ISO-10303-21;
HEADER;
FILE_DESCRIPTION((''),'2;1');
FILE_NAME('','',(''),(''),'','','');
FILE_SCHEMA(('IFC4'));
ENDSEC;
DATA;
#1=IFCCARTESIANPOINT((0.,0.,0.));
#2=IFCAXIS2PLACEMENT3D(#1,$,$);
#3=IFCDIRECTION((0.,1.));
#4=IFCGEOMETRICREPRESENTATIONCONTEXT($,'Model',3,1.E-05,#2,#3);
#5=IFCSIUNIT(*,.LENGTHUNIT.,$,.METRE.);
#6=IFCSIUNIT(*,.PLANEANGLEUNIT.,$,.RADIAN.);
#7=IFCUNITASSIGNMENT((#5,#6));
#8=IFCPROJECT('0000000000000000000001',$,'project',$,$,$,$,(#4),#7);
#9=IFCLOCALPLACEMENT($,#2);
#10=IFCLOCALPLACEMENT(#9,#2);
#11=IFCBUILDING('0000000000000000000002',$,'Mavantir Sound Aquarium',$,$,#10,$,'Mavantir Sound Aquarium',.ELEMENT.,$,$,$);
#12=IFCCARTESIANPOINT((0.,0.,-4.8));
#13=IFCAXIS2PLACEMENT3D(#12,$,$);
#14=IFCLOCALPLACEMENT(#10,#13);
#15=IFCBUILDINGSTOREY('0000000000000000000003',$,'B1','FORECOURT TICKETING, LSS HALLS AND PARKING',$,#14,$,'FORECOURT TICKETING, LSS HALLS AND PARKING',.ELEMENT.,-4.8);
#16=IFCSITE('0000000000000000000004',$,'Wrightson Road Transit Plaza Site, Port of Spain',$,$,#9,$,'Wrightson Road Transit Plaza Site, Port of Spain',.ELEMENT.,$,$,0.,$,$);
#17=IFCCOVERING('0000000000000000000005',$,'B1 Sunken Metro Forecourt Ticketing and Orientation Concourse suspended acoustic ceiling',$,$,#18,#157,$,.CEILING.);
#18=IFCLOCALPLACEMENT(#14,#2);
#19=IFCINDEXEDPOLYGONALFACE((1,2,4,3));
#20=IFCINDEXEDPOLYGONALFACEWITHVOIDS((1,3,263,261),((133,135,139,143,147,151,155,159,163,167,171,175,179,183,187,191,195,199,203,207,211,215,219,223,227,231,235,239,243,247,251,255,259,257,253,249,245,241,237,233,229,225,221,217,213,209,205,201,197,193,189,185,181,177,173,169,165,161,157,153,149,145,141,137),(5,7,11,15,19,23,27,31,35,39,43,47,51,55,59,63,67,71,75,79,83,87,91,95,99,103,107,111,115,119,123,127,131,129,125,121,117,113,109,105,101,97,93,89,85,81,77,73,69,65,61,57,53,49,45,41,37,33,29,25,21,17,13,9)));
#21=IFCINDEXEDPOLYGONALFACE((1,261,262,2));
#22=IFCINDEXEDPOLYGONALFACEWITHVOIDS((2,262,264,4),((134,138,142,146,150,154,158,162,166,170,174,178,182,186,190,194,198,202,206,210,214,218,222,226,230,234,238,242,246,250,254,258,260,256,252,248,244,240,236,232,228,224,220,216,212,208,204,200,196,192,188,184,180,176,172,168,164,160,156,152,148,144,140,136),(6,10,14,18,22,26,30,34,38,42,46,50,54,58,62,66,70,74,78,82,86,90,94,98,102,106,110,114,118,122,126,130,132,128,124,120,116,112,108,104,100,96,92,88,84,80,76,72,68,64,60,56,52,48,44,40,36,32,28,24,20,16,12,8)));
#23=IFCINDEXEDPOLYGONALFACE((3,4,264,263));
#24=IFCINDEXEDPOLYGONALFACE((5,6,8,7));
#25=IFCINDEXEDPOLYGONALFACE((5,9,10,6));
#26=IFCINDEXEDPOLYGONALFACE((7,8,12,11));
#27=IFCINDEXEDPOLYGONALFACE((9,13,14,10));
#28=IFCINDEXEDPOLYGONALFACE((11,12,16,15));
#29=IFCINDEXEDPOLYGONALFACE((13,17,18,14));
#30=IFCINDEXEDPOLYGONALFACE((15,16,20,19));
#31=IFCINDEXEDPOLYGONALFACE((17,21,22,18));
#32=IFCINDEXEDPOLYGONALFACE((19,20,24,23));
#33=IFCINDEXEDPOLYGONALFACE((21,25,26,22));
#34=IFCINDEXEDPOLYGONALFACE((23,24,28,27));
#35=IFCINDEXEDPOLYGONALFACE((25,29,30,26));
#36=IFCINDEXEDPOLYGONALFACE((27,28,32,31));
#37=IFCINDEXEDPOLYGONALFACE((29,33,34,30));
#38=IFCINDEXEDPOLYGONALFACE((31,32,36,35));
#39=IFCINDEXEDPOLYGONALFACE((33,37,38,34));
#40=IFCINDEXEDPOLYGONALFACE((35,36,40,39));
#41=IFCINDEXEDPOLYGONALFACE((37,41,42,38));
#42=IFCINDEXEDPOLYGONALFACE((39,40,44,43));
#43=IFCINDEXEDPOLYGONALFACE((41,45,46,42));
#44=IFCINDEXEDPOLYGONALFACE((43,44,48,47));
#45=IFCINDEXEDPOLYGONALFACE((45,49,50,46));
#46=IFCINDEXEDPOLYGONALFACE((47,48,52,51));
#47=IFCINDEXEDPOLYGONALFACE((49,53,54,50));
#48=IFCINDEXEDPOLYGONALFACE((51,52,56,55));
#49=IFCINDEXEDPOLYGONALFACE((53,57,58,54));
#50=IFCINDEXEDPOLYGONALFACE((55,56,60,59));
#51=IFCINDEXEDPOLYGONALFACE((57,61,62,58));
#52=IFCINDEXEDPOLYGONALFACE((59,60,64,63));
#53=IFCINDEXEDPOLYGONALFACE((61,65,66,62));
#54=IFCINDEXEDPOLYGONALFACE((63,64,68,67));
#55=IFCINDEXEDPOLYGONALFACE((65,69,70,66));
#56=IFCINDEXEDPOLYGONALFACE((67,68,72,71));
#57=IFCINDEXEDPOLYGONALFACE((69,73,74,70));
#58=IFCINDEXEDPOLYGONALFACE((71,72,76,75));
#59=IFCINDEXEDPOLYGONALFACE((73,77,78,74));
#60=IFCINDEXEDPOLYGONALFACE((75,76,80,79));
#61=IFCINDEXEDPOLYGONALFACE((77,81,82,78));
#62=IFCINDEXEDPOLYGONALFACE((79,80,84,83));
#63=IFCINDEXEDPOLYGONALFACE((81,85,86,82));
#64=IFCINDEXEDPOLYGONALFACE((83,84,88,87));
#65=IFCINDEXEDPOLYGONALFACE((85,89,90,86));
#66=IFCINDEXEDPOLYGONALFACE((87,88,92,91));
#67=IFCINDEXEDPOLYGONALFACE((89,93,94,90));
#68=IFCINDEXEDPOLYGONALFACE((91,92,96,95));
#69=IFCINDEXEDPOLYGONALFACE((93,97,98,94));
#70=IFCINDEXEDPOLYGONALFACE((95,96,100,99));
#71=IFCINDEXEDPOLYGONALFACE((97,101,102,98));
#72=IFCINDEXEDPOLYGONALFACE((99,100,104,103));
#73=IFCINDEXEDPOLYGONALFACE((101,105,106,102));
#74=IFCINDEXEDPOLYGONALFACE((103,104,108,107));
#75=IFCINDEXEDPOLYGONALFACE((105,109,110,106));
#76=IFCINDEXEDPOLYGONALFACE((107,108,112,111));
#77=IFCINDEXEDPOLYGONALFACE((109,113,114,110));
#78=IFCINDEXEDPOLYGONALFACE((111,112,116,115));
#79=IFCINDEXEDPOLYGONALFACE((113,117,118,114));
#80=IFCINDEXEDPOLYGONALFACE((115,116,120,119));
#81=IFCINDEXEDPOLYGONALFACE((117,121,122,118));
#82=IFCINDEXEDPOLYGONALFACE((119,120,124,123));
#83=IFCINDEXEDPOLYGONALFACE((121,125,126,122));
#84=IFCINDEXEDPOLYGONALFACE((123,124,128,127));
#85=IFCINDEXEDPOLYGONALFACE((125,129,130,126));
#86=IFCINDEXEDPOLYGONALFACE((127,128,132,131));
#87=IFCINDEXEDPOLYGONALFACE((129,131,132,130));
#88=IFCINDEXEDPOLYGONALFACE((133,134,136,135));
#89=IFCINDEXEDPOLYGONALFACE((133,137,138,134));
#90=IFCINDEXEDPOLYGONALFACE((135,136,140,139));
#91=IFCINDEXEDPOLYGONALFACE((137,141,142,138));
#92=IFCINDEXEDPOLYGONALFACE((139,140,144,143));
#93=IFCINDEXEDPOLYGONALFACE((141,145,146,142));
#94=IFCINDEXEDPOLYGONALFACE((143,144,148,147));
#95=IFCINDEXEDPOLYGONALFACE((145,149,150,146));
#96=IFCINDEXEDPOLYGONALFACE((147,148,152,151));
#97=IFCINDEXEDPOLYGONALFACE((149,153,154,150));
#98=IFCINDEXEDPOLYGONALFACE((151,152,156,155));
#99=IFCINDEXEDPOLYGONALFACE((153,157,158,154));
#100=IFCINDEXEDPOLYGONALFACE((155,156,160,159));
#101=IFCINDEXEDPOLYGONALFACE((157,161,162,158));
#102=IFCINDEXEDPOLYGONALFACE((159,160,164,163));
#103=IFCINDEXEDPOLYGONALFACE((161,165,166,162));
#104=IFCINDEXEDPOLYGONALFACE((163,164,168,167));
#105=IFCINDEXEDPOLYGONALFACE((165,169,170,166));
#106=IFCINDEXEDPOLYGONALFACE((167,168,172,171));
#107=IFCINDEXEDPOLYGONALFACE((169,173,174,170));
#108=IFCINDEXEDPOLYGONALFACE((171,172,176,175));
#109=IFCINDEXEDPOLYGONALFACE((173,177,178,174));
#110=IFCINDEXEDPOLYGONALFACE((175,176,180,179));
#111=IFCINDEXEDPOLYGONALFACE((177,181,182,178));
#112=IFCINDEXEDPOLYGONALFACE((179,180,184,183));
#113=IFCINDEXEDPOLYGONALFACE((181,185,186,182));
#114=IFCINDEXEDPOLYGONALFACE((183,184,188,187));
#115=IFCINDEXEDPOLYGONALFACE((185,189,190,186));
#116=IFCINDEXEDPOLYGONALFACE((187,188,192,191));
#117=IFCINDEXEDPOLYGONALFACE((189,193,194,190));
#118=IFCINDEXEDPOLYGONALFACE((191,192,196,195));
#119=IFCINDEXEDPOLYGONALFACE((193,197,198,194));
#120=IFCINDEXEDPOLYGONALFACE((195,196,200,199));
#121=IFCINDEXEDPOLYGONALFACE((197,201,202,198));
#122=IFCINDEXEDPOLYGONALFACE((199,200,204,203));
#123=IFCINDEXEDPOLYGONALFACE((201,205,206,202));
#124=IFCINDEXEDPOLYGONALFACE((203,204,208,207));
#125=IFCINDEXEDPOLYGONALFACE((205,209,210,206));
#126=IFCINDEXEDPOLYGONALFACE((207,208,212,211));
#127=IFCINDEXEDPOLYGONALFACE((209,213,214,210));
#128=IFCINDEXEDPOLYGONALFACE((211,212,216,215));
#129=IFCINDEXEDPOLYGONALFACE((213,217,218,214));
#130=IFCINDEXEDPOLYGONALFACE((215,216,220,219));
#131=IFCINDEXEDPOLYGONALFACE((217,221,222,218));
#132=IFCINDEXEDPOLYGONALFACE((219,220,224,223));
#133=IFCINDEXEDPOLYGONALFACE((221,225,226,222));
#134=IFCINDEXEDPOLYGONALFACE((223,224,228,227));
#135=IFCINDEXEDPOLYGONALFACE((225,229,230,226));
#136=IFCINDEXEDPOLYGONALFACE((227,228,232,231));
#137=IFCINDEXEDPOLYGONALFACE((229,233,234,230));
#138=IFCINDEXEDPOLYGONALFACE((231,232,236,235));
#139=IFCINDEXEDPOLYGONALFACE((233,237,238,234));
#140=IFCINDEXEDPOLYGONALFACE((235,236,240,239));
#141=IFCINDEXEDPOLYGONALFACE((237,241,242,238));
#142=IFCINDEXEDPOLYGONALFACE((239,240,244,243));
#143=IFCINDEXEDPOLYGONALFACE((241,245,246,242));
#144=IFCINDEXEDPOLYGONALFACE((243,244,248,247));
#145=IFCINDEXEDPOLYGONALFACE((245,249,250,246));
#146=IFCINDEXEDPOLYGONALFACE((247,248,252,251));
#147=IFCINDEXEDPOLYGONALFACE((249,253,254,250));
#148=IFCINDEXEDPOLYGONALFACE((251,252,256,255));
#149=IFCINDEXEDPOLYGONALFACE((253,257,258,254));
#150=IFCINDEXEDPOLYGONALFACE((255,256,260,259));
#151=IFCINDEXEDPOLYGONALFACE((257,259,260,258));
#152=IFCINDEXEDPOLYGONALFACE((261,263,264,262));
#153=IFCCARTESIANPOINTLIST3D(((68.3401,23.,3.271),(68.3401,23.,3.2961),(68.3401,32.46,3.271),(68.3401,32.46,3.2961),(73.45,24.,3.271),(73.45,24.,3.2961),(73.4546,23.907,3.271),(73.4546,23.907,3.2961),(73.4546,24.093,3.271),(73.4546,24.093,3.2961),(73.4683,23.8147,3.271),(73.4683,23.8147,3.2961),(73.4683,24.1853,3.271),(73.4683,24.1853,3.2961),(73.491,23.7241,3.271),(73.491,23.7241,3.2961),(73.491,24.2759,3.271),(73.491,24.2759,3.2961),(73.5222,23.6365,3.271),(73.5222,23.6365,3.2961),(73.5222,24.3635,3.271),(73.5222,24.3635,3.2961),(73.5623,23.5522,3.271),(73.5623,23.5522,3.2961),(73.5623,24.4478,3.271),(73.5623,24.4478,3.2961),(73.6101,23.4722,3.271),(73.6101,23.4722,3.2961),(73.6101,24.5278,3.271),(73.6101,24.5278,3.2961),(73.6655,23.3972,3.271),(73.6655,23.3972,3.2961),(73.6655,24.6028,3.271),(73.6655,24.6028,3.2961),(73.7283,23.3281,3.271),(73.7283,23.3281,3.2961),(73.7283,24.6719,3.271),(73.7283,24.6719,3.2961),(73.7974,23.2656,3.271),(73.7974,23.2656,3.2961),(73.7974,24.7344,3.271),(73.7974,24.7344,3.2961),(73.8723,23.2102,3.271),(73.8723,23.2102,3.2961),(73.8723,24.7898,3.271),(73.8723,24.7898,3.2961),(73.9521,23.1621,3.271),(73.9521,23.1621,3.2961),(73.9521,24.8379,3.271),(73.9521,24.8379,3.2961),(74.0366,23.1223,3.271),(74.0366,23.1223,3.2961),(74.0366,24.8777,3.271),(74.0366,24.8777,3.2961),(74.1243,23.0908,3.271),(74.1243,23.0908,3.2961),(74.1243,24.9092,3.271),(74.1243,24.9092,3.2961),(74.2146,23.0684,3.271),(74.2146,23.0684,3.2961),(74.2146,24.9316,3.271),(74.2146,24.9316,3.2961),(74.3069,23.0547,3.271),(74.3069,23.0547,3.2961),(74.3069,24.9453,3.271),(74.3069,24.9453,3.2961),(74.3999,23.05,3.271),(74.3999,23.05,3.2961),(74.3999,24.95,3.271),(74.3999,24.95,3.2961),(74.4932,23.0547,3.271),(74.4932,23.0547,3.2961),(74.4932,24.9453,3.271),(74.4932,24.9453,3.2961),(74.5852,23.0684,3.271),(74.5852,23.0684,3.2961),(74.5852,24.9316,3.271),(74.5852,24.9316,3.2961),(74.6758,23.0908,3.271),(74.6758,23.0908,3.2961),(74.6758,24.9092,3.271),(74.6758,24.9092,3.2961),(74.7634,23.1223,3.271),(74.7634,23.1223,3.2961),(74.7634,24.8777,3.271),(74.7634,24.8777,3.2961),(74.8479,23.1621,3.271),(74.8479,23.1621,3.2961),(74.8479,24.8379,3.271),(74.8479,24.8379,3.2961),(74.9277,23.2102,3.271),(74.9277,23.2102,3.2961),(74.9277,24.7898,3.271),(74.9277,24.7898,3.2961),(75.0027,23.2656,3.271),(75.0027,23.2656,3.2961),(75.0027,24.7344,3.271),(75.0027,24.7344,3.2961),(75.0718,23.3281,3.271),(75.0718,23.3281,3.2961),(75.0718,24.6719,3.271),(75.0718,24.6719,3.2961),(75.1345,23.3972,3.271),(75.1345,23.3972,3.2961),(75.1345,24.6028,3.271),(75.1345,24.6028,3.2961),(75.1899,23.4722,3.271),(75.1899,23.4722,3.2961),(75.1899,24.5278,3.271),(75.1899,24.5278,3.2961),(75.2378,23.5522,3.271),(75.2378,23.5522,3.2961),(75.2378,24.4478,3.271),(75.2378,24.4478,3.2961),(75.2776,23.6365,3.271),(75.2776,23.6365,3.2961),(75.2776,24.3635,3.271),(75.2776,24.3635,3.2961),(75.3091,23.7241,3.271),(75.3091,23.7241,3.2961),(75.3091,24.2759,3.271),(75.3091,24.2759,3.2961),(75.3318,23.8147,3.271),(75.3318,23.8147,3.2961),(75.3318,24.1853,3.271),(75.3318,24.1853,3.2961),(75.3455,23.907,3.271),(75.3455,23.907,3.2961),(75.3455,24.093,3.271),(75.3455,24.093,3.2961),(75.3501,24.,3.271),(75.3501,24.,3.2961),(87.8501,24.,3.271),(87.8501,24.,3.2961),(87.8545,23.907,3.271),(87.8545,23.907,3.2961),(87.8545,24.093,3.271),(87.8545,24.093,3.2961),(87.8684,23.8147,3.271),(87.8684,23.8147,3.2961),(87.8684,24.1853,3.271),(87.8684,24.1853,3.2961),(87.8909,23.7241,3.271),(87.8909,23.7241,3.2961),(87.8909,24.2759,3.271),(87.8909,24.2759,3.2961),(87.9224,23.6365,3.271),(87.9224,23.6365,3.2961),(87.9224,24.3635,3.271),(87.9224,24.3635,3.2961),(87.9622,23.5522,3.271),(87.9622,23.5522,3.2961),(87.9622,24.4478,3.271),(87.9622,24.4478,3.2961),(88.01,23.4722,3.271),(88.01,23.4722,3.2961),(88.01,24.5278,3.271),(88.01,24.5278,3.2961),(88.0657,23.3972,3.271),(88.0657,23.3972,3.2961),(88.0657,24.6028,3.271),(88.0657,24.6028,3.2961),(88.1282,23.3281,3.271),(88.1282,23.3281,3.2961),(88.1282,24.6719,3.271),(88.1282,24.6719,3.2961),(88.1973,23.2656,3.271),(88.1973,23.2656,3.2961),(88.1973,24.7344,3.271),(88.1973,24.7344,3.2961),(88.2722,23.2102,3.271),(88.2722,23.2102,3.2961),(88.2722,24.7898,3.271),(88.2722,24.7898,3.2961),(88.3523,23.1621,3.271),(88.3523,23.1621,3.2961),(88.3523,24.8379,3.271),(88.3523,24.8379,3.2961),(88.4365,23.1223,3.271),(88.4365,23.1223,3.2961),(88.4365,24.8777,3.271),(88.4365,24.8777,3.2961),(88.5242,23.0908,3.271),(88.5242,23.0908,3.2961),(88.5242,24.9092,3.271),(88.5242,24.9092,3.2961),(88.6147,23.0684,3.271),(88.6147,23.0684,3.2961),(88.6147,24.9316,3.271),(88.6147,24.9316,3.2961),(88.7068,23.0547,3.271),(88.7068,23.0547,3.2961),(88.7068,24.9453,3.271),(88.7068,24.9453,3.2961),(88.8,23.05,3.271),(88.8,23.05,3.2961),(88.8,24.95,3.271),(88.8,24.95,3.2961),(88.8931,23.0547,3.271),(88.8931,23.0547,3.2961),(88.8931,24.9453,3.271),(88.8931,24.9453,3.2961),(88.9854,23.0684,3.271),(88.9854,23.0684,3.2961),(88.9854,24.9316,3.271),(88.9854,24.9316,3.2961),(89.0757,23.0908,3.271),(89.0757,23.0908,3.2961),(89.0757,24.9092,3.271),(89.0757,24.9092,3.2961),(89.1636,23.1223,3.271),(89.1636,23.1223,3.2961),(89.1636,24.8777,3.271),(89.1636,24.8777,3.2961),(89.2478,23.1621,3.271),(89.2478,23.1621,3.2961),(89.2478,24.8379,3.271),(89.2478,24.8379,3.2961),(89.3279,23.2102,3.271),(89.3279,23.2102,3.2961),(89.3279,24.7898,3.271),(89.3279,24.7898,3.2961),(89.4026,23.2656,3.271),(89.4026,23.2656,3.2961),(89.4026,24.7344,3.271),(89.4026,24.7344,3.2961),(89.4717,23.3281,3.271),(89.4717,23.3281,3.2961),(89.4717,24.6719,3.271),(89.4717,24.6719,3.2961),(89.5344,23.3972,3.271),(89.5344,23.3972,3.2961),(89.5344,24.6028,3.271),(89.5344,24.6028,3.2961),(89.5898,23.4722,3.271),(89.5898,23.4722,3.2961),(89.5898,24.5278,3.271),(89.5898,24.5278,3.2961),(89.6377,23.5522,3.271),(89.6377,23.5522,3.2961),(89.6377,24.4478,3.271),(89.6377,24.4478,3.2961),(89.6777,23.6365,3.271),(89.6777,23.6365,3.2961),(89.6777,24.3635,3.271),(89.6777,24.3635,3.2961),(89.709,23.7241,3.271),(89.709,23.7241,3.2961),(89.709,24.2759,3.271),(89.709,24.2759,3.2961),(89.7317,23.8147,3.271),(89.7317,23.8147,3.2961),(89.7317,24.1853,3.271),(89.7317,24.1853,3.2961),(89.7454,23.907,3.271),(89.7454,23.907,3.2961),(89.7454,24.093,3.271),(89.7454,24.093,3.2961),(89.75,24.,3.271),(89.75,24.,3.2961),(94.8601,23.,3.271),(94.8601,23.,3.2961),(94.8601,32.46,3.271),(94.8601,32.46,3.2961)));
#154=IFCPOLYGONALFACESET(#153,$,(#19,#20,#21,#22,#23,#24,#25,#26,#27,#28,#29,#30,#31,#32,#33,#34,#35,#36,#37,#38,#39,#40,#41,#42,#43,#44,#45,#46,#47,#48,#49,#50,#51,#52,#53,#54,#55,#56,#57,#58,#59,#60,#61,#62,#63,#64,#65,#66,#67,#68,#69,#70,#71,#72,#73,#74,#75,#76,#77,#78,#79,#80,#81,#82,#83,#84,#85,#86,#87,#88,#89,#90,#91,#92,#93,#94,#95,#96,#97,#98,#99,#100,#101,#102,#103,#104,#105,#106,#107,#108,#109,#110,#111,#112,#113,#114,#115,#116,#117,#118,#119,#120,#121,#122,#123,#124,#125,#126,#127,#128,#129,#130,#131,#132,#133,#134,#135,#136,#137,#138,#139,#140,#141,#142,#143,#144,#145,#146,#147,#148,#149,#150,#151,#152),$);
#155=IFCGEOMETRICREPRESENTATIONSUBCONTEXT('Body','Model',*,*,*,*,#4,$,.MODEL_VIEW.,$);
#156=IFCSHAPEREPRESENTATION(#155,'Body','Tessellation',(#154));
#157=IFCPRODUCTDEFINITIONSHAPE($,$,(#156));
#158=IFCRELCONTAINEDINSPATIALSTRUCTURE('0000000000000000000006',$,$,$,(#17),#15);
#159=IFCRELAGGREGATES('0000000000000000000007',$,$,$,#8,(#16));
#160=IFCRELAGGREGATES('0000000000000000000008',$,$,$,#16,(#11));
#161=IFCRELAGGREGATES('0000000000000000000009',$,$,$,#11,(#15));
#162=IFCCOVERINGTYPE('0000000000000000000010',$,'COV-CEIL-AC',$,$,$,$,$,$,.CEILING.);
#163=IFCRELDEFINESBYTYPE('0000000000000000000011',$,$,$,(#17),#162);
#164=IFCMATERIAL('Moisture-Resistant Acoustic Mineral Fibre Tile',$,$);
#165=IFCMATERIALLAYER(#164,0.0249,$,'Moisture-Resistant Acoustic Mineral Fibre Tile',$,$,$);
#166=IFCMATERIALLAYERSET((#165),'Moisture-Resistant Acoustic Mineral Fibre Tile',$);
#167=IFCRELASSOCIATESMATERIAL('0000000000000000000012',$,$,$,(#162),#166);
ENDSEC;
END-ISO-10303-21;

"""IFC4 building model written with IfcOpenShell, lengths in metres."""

from ifc_helpers import new_model, si_unit, direction, frame, origin, place, context, subcontext, project, spatial, polyline, outline, extrude, material, layer, layer_set, type_object, element, save


model = new_model("IFC4")

# Units and contexts
model_context = context("Model", 3, precision=1e-05, world=origin(), true_north=direction((0.0, 1.0)))
body_context = subcontext(model_context, "Body", "Model", "MODEL_VIEW")
ifc_project = project(units=[si_unit("LENGTHUNIT", "METRE"), si_unit("PLANEANGLEUNIT", "RADIAN")], contexts=[model_context])

# Site, building, storey
site_placement = place(None, origin())
site = spatial("IfcSite", under=ifc_project, at=site_placement, Name="Wrightson Road Transit Plaza Site, Port of Spain", LongName="Wrightson Road Transit Plaza Site, Port of Spain", CompositionType="ELEMENT", RefElevation=0.0)
building_placement = place(site_placement, origin())
building = spatial("IfcBuilding", under=site, at=building_placement, Name="Mavantir Sound Aquarium", LongName="Mavantir Sound Aquarium", CompositionType="ELEMENT")
storey_placement = place(building_placement, frame((0.0, 0.0, -4.8)))
storey = spatial("IfcBuildingStorey", under=building, at=storey_placement, Name="B1", Description="FORECOURT TICKETING, LSS HALLS AND PARKING", LongName="FORECOURT TICKETING, LSS HALLS AND PARKING", CompositionType="ELEMENT", Elevation=-4.8)

# Covering
ifc_material_1 = material(Name="Moisture-Resistant Acoustic Mineral Fibre Tile")
ifc_layer_1 = layer(ifc_material_1, 0.0249, Name="Moisture-Resistant Acoustic Mineral Fibre Tile")
ifc_layer_set_1 = layer_set([ifc_layer_1], Name="Moisture-Resistant Acoustic Mineral Fibre Tile")
covering_type_1 = type_object("IfcCoveringType", Name="COV-CEIL-AC", PredefinedType="CEILING", material=ifc_layer_set_1)
covering_1_placement = place(storey_placement, frame((0.0, 0.0, 3.271)))
element("IfcCovering", 1, at=covering_1_placement, inside=storey, type_object=covering_type_1, Name="B1 Sunken Metro Forecourt Ticketing and Orientation Concourse suspended acoustic ceiling", PredefinedType="CEILING", context=body_context, shape_type="SweptSolid", body=[
    extrude(outline(polyline([(94.8601, 32.46), (94.8601, 23.0), (68.3401, 23.0), (68.3401, 32.46), (94.8601, 32.46)]), holes=[polyline([(75.1345, 23.3972), (75.1899, 23.4722), (75.2378, 23.5522), (75.2776, 23.6365), (75.3091, 23.7241), (75.3318, 23.8147), (75.3455, 23.907), (75.3501, 24.0), (75.3455, 24.093), (75.3318, 24.1853), (75.3091, 24.2759), (75.2776, 24.3635), (75.2378, 24.4478), (75.1899, 24.5278), (75.1345, 24.6028), (75.0718, 24.6719), (75.0027, 24.7344), (74.9277, 24.7898), (74.8479, 24.8379), (74.7634, 24.8777), (74.6758, 24.9092), (74.5852, 24.9316), (74.4932, 24.9453), (74.3999, 24.95), (74.3069, 24.9453), (74.2146, 24.9316), (74.1243, 24.9092), (74.0366, 24.8777), (73.9521, 24.8379), (73.8723, 24.7898), (73.7974, 24.7344), (73.7283, 24.6719), (73.6655, 24.6028), (73.6101, 24.5278), (73.5623, 24.4478), (73.5222, 24.3635), (73.491, 24.2759), (73.4683, 24.1853), (73.4546, 24.093), (73.45, 24.0), (73.4546, 23.907), (73.4683, 23.8147), (73.491, 23.7241), (73.5222, 23.6365), (73.5623, 23.5522), (73.6101, 23.4722), (73.6655, 23.3972), (73.7283, 23.3281), (73.7974, 23.2656), (73.8723, 23.2102), (73.9521, 23.1621), (74.0366, 23.1223), (74.1243, 23.0908), (74.2146, 23.0684), (74.3069, 23.0547), (74.3999, 23.05), (74.4932, 23.0547), (74.5852, 23.0684), (74.6758, 23.0908), (74.7634, 23.1223), (74.8479, 23.1621), (74.9277, 23.2102), (75.0027, 23.2656), (75.0718, 23.3281), (75.1345, 23.3972)]), polyline([(89.4717, 23.3281), (89.5344, 23.3972), (89.5898, 23.4722), (89.6377, 23.5522), (89.6777, 23.6365), (89.709, 23.7241), (89.7317, 23.8147), (89.7454, 23.907), (89.75, 24.0), (89.7454, 24.093), (89.7317, 24.1853), (89.709, 24.2759), (89.6777, 24.3635), (89.6377, 24.4478), (89.5898, 24.5278), (89.5344, 24.6028), (89.4717, 24.6719), (89.4026, 24.7344), (89.3279, 24.7898), (89.2478, 24.8379), (89.1636, 24.8777), (89.0757, 24.9092), (88.9854, 24.9316), (88.8931, 24.9453), (88.8, 24.95), (88.7068, 24.9453), (88.6147, 24.9316), (88.5242, 24.9092), (88.4365, 24.8777), (88.3523, 24.8379), (88.2722, 24.7898), (88.1973, 24.7344), (88.1282, 24.6719), (88.0657, 24.6028), (88.01, 24.5278), (87.9622, 24.4478), (87.9224, 24.3635), (87.8909, 24.2759), (87.8684, 24.1853), (87.8545, 24.093), (87.8501, 24.0), (87.8545, 23.907), (87.8684, 23.8147), (87.8909, 23.7241), (87.9224, 23.6365), (87.9622, 23.5522), (88.01, 23.4722), (88.0657, 23.3972), (88.1282, 23.3281), (88.1973, 23.2656), (88.2722, 23.2102), (88.3523, 23.1621), (88.4365, 23.1223), (88.5242, 23.0908), (88.6147, 23.0684), (88.7068, 23.0547), (88.8, 23.05), (88.8931, 23.0547), (88.9854, 23.0684), (89.0757, 23.0908), (89.1636, 23.1223), (89.2478, 23.1621), (89.3279, 23.2102), (89.4026, 23.2656), (89.4717, 23.3281)])]), origin(), (0.0, 0.0, 1.0), 0.0251),
])

save(model, "model.ifc")
